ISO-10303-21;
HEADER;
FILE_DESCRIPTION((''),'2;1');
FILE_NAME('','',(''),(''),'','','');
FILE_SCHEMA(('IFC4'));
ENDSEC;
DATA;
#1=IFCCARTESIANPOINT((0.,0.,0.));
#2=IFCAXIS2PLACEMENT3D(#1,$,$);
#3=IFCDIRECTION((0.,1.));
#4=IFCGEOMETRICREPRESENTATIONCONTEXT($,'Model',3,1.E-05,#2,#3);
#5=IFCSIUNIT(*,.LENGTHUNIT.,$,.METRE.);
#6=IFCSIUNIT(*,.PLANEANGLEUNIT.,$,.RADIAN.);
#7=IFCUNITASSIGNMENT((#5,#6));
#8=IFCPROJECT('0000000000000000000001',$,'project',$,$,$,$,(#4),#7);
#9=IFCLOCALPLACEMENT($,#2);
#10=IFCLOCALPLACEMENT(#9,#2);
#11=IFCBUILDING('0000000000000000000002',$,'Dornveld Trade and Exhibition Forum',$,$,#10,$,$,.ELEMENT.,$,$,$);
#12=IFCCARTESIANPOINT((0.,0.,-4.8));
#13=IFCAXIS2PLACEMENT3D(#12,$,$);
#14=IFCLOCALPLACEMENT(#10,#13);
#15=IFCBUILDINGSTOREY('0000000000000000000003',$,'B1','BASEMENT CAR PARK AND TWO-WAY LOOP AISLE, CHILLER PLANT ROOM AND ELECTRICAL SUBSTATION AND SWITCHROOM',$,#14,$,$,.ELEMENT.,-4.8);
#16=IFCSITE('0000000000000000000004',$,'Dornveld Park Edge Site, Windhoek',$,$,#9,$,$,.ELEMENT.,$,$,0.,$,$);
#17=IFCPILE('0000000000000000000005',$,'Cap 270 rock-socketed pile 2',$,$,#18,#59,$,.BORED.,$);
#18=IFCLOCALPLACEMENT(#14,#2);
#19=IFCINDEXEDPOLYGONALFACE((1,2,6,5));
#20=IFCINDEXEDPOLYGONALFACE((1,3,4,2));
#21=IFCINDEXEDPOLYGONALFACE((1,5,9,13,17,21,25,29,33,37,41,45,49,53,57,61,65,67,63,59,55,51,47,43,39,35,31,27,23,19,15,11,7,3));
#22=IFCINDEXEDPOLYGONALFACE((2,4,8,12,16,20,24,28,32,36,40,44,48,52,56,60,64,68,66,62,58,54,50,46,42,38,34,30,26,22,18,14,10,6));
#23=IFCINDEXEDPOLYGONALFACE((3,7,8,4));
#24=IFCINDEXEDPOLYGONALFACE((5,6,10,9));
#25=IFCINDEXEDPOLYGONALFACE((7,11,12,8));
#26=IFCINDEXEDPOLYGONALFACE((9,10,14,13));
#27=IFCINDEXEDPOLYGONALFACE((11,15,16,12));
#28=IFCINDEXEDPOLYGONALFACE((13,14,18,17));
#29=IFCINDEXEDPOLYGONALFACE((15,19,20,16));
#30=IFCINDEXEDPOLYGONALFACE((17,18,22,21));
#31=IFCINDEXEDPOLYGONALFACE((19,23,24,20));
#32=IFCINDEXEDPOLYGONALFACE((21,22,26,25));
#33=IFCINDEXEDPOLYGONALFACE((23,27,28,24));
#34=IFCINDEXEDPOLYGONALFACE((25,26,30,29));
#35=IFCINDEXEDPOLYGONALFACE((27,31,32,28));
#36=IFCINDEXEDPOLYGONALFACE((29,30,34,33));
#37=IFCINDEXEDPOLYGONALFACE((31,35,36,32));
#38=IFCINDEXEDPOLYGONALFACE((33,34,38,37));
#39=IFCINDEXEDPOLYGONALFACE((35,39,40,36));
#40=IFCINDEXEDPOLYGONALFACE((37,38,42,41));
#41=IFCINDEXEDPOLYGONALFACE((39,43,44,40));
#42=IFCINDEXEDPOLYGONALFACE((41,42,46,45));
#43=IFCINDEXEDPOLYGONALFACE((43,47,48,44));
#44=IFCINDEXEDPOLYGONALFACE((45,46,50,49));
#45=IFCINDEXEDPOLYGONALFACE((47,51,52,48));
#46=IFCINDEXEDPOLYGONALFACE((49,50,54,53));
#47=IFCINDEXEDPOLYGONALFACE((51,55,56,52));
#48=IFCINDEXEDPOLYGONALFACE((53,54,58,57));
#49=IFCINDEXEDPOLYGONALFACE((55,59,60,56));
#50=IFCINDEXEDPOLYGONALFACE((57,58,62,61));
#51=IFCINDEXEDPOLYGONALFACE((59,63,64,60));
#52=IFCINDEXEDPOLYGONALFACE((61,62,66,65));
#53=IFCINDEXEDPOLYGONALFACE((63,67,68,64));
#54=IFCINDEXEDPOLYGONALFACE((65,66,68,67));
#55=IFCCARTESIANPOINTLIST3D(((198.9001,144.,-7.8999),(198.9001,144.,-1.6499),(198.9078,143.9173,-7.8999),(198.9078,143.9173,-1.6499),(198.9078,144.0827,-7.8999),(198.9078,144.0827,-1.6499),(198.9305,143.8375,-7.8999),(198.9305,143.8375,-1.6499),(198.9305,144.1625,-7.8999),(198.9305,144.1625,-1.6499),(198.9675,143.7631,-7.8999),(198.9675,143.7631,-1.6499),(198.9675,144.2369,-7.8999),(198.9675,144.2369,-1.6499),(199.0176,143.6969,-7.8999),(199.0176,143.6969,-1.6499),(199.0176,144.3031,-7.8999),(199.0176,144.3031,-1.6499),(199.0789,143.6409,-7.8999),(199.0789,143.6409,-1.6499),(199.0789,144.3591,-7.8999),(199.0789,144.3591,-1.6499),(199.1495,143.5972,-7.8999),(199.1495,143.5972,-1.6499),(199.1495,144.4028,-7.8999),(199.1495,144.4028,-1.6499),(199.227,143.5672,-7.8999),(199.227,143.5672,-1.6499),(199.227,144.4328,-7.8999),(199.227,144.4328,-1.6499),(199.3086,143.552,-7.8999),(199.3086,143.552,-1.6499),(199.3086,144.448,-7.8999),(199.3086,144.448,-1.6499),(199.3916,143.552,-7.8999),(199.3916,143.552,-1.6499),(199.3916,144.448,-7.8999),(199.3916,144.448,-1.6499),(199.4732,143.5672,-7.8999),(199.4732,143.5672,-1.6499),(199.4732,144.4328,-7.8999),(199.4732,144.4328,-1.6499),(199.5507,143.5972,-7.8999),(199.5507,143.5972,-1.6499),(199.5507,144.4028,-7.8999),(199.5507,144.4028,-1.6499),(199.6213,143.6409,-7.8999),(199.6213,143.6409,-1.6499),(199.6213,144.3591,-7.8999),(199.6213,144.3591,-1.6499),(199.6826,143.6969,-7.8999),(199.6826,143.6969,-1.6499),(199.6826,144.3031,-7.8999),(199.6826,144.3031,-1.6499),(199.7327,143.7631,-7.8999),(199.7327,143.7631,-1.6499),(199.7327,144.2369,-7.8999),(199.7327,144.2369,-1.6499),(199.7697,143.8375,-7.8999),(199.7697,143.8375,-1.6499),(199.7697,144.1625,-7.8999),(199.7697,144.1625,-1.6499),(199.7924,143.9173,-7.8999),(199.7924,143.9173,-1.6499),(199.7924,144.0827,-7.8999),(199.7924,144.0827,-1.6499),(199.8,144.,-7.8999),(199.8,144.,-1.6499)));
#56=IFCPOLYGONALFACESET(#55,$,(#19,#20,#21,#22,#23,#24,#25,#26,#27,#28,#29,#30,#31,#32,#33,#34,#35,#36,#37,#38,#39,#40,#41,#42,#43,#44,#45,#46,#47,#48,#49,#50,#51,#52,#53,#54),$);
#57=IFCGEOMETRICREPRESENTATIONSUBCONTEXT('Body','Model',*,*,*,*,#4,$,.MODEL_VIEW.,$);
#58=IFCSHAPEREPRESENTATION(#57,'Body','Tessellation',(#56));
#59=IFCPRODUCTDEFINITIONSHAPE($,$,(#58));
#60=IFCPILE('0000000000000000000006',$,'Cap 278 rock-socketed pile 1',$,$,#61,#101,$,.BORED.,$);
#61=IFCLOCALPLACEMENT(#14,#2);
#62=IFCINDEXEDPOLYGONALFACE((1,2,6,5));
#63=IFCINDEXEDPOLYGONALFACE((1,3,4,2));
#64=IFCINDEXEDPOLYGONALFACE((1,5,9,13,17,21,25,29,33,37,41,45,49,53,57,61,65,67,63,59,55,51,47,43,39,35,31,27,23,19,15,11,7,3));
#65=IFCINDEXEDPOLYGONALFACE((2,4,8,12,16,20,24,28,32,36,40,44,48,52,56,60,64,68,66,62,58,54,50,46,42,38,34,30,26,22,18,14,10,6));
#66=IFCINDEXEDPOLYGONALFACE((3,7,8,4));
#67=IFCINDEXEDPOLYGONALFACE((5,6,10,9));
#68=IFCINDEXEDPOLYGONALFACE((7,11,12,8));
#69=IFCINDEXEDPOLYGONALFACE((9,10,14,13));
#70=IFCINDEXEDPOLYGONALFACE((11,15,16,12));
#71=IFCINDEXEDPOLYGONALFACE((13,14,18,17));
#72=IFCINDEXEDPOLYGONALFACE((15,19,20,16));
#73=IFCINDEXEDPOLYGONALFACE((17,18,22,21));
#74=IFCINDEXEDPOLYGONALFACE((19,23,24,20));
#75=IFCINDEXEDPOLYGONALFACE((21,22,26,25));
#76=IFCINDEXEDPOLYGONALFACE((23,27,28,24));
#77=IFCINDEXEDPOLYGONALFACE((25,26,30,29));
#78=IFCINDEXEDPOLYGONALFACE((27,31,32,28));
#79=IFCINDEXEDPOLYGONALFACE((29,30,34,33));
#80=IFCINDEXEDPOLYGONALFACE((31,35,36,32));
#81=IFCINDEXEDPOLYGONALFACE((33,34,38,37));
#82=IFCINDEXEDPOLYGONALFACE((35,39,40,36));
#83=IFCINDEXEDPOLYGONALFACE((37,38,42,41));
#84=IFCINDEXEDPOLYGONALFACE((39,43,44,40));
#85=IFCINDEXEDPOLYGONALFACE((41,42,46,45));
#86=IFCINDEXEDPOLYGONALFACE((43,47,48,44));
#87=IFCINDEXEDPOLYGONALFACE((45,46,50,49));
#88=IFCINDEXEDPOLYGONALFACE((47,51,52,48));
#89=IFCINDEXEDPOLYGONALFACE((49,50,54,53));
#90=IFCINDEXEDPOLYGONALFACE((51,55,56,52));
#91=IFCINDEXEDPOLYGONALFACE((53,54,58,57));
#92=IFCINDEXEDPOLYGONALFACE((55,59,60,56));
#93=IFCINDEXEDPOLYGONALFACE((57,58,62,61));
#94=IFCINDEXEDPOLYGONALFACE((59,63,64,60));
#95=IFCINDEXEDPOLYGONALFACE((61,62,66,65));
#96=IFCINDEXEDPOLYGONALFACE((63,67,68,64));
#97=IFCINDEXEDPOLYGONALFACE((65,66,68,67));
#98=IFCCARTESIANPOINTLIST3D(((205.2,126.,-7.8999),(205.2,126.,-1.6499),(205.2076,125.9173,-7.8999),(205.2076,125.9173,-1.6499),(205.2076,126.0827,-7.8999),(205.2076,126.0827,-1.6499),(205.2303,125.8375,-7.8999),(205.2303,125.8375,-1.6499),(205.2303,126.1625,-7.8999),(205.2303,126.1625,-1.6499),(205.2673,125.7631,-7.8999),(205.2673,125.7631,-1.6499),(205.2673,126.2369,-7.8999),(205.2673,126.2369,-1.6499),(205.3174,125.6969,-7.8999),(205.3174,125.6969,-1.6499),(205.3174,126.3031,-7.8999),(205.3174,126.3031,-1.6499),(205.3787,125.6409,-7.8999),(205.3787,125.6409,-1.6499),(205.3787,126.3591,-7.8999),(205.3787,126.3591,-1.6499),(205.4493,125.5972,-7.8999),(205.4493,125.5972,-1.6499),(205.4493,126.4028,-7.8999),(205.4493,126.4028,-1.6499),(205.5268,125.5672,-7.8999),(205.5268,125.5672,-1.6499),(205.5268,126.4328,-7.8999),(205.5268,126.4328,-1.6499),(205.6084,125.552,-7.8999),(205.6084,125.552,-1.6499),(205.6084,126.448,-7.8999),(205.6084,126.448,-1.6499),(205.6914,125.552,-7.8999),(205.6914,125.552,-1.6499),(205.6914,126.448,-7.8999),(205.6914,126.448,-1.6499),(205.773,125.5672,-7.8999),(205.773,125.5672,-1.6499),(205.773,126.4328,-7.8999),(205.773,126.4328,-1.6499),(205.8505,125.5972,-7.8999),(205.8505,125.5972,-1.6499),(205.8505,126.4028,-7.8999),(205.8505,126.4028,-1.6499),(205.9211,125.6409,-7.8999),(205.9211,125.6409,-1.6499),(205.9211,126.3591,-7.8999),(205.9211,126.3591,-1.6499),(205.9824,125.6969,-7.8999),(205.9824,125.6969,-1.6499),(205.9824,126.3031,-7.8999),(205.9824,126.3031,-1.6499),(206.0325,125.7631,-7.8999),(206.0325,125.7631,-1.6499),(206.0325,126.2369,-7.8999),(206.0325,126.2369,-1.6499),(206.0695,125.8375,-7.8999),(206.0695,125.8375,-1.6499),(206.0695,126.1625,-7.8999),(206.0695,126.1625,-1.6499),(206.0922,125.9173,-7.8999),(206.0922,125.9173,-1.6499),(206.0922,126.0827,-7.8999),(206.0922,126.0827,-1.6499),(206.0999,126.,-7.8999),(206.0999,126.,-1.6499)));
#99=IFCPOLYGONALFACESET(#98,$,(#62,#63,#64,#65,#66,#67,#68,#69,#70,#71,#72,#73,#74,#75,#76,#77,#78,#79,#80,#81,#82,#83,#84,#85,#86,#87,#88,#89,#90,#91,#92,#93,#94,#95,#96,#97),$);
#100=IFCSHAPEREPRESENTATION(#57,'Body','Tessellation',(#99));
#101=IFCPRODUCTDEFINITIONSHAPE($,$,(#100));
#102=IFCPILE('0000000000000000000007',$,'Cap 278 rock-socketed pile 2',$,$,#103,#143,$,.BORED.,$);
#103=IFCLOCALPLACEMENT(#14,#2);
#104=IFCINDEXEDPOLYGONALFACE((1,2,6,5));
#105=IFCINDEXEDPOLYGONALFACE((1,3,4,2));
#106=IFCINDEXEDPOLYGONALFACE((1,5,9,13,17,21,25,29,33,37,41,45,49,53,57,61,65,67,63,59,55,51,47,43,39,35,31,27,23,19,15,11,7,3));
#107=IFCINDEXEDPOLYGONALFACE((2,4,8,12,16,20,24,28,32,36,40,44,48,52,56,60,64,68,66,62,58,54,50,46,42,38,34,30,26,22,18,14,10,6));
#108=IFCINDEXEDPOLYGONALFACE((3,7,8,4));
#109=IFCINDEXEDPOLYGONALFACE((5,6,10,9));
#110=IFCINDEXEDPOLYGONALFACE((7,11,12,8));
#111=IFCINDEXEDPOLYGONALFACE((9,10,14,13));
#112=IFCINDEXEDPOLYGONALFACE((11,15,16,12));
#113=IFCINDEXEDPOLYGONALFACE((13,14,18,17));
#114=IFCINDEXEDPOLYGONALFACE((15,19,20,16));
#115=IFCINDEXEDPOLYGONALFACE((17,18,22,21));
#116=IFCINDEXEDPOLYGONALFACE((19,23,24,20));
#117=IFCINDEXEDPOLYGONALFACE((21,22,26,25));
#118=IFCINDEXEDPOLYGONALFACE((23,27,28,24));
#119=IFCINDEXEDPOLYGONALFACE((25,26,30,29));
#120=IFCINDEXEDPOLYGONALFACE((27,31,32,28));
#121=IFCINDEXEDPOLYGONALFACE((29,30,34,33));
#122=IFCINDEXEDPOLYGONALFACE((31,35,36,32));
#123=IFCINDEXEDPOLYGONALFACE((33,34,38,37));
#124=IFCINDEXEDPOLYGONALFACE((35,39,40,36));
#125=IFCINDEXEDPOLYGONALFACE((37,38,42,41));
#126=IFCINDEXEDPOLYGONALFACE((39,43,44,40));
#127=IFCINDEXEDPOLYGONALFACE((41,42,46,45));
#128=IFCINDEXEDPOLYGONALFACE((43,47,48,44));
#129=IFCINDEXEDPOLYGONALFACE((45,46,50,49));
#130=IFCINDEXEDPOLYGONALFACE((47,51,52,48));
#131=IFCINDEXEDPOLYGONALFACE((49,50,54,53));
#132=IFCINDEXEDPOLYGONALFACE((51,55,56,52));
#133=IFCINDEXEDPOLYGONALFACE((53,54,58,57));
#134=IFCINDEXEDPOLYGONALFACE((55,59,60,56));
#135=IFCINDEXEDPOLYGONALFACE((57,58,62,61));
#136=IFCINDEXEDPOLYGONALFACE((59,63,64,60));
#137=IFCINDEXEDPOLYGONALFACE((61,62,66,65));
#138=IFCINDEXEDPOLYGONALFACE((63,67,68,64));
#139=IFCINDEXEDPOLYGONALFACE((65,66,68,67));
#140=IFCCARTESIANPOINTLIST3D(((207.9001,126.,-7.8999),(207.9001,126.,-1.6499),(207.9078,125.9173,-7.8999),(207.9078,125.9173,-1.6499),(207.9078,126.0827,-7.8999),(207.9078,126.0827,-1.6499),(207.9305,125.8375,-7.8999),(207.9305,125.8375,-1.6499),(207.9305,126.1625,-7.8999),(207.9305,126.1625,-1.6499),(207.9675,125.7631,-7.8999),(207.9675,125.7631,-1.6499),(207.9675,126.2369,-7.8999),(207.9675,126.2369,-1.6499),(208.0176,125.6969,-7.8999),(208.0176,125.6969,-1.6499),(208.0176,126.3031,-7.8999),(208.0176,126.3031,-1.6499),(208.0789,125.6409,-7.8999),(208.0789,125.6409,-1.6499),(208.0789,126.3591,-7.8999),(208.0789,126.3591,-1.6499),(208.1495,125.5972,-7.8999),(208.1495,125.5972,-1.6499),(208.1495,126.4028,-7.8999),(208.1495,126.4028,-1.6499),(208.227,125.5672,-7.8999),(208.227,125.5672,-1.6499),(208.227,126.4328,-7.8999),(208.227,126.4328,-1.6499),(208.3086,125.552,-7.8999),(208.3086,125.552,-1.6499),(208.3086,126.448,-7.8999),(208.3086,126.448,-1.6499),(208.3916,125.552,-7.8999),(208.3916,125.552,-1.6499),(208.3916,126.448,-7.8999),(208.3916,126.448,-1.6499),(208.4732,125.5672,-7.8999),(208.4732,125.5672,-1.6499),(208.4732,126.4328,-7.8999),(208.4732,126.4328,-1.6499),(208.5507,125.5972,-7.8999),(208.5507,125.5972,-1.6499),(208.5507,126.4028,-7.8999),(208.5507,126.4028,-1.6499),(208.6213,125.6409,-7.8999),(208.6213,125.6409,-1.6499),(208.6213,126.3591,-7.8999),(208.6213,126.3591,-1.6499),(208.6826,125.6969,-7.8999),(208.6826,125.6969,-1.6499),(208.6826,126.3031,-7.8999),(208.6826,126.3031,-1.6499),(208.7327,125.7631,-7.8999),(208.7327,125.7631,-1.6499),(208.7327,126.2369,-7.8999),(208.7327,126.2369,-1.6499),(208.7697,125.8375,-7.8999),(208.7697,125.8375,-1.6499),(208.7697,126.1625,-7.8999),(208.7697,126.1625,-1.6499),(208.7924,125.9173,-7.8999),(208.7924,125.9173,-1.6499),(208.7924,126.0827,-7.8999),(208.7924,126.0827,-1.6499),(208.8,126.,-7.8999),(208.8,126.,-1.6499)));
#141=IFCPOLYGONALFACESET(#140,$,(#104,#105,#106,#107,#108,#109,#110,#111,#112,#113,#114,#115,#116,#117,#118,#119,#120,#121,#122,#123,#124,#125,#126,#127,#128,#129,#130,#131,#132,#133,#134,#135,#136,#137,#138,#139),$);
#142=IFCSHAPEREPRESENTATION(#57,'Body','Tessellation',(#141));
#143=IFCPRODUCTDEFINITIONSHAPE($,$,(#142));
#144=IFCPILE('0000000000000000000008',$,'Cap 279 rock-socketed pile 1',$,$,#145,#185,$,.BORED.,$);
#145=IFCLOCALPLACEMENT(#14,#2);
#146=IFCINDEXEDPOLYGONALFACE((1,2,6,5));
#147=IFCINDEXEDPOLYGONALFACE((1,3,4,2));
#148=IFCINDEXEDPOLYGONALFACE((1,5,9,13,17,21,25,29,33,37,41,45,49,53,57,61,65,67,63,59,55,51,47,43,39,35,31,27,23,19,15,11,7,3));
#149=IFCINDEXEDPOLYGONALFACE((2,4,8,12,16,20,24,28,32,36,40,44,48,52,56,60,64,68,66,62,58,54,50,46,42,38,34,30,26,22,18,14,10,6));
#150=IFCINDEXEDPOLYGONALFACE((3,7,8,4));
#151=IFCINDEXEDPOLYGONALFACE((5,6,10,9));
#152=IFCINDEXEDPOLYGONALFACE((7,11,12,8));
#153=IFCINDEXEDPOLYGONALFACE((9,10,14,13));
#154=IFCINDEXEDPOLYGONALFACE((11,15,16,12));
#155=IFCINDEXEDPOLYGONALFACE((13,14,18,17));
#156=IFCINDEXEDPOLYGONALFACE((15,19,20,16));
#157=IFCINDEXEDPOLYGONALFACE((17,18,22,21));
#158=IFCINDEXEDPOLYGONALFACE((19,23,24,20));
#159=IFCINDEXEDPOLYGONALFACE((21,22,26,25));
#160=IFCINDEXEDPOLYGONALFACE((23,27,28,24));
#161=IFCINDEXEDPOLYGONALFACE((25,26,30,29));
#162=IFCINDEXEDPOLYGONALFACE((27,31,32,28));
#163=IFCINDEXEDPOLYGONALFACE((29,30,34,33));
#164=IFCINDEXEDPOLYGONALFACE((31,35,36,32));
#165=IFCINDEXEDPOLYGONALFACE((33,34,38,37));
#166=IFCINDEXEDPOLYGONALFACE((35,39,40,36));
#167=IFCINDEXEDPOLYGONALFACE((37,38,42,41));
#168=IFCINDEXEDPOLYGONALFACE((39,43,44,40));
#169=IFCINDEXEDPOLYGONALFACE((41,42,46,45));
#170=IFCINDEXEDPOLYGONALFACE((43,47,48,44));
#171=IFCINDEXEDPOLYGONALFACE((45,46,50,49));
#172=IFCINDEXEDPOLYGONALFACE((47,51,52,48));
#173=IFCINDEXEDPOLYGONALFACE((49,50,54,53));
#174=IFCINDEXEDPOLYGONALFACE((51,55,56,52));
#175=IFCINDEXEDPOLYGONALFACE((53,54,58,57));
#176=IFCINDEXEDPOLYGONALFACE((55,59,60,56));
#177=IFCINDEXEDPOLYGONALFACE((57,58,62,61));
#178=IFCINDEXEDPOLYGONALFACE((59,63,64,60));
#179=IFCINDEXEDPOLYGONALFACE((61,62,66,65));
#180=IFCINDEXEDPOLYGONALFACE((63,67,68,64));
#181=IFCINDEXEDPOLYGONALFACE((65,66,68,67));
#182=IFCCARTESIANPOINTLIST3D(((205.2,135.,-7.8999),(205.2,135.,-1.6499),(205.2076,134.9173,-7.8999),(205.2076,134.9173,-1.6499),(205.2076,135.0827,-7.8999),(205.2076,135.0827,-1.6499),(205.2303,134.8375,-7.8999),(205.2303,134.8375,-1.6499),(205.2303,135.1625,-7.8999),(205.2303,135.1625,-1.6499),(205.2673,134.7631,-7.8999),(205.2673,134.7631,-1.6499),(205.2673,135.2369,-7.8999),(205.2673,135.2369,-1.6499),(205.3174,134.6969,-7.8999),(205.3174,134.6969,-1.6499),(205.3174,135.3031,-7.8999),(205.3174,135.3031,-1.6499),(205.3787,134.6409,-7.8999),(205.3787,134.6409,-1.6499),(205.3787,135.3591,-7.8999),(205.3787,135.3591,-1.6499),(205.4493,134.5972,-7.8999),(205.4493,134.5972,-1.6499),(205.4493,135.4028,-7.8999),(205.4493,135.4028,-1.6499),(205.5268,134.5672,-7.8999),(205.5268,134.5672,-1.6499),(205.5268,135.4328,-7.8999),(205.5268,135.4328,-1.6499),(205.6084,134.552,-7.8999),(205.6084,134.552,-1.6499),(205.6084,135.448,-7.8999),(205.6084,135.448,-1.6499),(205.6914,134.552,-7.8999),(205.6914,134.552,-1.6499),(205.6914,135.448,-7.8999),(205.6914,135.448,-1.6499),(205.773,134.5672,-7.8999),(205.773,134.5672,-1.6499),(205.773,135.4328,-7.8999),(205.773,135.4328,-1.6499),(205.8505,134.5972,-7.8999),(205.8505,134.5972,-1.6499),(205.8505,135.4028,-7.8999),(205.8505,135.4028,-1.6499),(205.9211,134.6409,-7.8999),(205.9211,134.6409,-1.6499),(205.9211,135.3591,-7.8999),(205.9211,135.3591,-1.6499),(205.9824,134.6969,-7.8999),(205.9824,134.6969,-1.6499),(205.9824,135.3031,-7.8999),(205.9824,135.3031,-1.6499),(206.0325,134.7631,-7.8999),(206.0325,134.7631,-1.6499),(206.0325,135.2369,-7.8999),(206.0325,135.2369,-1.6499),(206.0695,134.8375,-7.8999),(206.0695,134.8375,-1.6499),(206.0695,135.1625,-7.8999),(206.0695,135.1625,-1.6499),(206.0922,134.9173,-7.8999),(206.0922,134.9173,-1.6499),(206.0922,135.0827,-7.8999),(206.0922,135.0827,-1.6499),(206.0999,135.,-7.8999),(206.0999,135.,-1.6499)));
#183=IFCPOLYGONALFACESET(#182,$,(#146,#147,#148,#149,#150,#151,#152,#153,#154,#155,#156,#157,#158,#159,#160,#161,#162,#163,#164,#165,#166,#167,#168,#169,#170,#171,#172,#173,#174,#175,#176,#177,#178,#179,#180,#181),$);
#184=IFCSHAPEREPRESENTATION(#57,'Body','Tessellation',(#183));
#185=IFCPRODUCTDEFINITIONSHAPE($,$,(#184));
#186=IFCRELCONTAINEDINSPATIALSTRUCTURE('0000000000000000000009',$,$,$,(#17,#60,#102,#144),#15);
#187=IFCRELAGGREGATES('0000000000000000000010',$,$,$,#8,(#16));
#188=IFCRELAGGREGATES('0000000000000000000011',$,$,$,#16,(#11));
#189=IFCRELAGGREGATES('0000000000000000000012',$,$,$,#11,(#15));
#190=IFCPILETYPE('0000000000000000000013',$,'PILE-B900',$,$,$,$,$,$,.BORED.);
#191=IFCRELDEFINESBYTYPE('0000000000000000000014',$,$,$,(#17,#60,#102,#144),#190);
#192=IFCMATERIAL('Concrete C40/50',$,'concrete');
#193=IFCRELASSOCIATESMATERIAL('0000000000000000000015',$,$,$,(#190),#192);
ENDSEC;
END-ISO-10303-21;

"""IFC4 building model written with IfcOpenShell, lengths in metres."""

from ifc_helpers import new_model, si_unit, direction, frame, origin, origin_2d, place, context, subcontext, project, spatial, circle, extrude, material, material_profile, profile_set, type_object, element, save


model = new_model("IFC4")

# Units and contexts
model_context = context("Model", 3, precision=1e-05, world=origin(), true_north=direction((0.0, 1.0)))
body_context = subcontext(model_context, "Body", "Model", "MODEL_VIEW")
ifc_project = project(units=[si_unit("LENGTHUNIT", "METRE"), si_unit("PLANEANGLEUNIT", "RADIAN")], contexts=[model_context])

# Site, building, storey
site_placement = place(None, origin())
site = spatial("IfcSite", under=ifc_project, at=site_placement, Name="Dornveld Park Edge Site, Windhoek", CompositionType="ELEMENT", RefElevation=0.0)
building_placement = place(site_placement, origin())
building = spatial("IfcBuilding", under=site, at=building_placement, Name="Dornveld Trade and Exhibition Forum", CompositionType="ELEMENT")
storey_placement = place(building_placement, frame((0.0, 0.0, -4.8)))
storey = spatial("IfcBuildingStorey", under=building, at=storey_placement, Name="B1", Description="BASEMENT CAR PARK AND TWO-WAY LOOP AISLE, CHILLER PLANT ROOM AND ELECTRICAL SUBSTATION AND SWITCHROOM", CompositionType="ELEMENT", Elevation=-4.8)

# Piles
ifc_material_1 = material(Name="Concrete C40/50", Category="concrete")
ifc_material_profile_1 = material_profile(ifc_material_1, circle(Radius=0.45, at=origin_2d()), Name="PILE D900")
ifc_profile_set_1 = profile_set([ifc_material_profile_1], Name="Concrete C40/50")
pile_type = type_object("IfcPileType", Name="PILE-B900", PredefinedType="BORED", material=ifc_profile_set_1)
for number, where, z_axis, x_axis, name in (
    (1, (199.3501, 144.0, -1.6499), (0.0, 0.0, -1.0), (1.0, 0.0, 0.0), "Cap 270 rock-socketed pile 2"),
    (2, (205.6499, 126.0, -1.6499), (0.0, 0.0, -1.0), (1.0, 0.0, 0.0), "Cap 278 rock-socketed pile 1"),
    (3, (208.3501, 126.0, -1.6499), (0.0, 0.0, -1.0), (1.0, 0.0, 0.0), "Cap 278 rock-socketed pile 2"),
    (4, (205.6499, 135.0, -1.6499), (0.0, 0.0, -1.0), (1.0, 0.0, 0.0), "Cap 279 rock-socketed pile 1"),
):
    element("IfcPile", number, at=place(storey_placement, frame(where, z_axis=z_axis, x_axis=x_axis)), inside=storey, type_object=pile_type, Name=name, PredefinedType="BORED", context=body_context, shape_type="SweptSolid", body=[
        extrude(circle(Radius=0.45, at=origin_2d()), origin(), (0.0, 0.0, 1.0), 6.25),
    ])

save(model, "model.ifc")
